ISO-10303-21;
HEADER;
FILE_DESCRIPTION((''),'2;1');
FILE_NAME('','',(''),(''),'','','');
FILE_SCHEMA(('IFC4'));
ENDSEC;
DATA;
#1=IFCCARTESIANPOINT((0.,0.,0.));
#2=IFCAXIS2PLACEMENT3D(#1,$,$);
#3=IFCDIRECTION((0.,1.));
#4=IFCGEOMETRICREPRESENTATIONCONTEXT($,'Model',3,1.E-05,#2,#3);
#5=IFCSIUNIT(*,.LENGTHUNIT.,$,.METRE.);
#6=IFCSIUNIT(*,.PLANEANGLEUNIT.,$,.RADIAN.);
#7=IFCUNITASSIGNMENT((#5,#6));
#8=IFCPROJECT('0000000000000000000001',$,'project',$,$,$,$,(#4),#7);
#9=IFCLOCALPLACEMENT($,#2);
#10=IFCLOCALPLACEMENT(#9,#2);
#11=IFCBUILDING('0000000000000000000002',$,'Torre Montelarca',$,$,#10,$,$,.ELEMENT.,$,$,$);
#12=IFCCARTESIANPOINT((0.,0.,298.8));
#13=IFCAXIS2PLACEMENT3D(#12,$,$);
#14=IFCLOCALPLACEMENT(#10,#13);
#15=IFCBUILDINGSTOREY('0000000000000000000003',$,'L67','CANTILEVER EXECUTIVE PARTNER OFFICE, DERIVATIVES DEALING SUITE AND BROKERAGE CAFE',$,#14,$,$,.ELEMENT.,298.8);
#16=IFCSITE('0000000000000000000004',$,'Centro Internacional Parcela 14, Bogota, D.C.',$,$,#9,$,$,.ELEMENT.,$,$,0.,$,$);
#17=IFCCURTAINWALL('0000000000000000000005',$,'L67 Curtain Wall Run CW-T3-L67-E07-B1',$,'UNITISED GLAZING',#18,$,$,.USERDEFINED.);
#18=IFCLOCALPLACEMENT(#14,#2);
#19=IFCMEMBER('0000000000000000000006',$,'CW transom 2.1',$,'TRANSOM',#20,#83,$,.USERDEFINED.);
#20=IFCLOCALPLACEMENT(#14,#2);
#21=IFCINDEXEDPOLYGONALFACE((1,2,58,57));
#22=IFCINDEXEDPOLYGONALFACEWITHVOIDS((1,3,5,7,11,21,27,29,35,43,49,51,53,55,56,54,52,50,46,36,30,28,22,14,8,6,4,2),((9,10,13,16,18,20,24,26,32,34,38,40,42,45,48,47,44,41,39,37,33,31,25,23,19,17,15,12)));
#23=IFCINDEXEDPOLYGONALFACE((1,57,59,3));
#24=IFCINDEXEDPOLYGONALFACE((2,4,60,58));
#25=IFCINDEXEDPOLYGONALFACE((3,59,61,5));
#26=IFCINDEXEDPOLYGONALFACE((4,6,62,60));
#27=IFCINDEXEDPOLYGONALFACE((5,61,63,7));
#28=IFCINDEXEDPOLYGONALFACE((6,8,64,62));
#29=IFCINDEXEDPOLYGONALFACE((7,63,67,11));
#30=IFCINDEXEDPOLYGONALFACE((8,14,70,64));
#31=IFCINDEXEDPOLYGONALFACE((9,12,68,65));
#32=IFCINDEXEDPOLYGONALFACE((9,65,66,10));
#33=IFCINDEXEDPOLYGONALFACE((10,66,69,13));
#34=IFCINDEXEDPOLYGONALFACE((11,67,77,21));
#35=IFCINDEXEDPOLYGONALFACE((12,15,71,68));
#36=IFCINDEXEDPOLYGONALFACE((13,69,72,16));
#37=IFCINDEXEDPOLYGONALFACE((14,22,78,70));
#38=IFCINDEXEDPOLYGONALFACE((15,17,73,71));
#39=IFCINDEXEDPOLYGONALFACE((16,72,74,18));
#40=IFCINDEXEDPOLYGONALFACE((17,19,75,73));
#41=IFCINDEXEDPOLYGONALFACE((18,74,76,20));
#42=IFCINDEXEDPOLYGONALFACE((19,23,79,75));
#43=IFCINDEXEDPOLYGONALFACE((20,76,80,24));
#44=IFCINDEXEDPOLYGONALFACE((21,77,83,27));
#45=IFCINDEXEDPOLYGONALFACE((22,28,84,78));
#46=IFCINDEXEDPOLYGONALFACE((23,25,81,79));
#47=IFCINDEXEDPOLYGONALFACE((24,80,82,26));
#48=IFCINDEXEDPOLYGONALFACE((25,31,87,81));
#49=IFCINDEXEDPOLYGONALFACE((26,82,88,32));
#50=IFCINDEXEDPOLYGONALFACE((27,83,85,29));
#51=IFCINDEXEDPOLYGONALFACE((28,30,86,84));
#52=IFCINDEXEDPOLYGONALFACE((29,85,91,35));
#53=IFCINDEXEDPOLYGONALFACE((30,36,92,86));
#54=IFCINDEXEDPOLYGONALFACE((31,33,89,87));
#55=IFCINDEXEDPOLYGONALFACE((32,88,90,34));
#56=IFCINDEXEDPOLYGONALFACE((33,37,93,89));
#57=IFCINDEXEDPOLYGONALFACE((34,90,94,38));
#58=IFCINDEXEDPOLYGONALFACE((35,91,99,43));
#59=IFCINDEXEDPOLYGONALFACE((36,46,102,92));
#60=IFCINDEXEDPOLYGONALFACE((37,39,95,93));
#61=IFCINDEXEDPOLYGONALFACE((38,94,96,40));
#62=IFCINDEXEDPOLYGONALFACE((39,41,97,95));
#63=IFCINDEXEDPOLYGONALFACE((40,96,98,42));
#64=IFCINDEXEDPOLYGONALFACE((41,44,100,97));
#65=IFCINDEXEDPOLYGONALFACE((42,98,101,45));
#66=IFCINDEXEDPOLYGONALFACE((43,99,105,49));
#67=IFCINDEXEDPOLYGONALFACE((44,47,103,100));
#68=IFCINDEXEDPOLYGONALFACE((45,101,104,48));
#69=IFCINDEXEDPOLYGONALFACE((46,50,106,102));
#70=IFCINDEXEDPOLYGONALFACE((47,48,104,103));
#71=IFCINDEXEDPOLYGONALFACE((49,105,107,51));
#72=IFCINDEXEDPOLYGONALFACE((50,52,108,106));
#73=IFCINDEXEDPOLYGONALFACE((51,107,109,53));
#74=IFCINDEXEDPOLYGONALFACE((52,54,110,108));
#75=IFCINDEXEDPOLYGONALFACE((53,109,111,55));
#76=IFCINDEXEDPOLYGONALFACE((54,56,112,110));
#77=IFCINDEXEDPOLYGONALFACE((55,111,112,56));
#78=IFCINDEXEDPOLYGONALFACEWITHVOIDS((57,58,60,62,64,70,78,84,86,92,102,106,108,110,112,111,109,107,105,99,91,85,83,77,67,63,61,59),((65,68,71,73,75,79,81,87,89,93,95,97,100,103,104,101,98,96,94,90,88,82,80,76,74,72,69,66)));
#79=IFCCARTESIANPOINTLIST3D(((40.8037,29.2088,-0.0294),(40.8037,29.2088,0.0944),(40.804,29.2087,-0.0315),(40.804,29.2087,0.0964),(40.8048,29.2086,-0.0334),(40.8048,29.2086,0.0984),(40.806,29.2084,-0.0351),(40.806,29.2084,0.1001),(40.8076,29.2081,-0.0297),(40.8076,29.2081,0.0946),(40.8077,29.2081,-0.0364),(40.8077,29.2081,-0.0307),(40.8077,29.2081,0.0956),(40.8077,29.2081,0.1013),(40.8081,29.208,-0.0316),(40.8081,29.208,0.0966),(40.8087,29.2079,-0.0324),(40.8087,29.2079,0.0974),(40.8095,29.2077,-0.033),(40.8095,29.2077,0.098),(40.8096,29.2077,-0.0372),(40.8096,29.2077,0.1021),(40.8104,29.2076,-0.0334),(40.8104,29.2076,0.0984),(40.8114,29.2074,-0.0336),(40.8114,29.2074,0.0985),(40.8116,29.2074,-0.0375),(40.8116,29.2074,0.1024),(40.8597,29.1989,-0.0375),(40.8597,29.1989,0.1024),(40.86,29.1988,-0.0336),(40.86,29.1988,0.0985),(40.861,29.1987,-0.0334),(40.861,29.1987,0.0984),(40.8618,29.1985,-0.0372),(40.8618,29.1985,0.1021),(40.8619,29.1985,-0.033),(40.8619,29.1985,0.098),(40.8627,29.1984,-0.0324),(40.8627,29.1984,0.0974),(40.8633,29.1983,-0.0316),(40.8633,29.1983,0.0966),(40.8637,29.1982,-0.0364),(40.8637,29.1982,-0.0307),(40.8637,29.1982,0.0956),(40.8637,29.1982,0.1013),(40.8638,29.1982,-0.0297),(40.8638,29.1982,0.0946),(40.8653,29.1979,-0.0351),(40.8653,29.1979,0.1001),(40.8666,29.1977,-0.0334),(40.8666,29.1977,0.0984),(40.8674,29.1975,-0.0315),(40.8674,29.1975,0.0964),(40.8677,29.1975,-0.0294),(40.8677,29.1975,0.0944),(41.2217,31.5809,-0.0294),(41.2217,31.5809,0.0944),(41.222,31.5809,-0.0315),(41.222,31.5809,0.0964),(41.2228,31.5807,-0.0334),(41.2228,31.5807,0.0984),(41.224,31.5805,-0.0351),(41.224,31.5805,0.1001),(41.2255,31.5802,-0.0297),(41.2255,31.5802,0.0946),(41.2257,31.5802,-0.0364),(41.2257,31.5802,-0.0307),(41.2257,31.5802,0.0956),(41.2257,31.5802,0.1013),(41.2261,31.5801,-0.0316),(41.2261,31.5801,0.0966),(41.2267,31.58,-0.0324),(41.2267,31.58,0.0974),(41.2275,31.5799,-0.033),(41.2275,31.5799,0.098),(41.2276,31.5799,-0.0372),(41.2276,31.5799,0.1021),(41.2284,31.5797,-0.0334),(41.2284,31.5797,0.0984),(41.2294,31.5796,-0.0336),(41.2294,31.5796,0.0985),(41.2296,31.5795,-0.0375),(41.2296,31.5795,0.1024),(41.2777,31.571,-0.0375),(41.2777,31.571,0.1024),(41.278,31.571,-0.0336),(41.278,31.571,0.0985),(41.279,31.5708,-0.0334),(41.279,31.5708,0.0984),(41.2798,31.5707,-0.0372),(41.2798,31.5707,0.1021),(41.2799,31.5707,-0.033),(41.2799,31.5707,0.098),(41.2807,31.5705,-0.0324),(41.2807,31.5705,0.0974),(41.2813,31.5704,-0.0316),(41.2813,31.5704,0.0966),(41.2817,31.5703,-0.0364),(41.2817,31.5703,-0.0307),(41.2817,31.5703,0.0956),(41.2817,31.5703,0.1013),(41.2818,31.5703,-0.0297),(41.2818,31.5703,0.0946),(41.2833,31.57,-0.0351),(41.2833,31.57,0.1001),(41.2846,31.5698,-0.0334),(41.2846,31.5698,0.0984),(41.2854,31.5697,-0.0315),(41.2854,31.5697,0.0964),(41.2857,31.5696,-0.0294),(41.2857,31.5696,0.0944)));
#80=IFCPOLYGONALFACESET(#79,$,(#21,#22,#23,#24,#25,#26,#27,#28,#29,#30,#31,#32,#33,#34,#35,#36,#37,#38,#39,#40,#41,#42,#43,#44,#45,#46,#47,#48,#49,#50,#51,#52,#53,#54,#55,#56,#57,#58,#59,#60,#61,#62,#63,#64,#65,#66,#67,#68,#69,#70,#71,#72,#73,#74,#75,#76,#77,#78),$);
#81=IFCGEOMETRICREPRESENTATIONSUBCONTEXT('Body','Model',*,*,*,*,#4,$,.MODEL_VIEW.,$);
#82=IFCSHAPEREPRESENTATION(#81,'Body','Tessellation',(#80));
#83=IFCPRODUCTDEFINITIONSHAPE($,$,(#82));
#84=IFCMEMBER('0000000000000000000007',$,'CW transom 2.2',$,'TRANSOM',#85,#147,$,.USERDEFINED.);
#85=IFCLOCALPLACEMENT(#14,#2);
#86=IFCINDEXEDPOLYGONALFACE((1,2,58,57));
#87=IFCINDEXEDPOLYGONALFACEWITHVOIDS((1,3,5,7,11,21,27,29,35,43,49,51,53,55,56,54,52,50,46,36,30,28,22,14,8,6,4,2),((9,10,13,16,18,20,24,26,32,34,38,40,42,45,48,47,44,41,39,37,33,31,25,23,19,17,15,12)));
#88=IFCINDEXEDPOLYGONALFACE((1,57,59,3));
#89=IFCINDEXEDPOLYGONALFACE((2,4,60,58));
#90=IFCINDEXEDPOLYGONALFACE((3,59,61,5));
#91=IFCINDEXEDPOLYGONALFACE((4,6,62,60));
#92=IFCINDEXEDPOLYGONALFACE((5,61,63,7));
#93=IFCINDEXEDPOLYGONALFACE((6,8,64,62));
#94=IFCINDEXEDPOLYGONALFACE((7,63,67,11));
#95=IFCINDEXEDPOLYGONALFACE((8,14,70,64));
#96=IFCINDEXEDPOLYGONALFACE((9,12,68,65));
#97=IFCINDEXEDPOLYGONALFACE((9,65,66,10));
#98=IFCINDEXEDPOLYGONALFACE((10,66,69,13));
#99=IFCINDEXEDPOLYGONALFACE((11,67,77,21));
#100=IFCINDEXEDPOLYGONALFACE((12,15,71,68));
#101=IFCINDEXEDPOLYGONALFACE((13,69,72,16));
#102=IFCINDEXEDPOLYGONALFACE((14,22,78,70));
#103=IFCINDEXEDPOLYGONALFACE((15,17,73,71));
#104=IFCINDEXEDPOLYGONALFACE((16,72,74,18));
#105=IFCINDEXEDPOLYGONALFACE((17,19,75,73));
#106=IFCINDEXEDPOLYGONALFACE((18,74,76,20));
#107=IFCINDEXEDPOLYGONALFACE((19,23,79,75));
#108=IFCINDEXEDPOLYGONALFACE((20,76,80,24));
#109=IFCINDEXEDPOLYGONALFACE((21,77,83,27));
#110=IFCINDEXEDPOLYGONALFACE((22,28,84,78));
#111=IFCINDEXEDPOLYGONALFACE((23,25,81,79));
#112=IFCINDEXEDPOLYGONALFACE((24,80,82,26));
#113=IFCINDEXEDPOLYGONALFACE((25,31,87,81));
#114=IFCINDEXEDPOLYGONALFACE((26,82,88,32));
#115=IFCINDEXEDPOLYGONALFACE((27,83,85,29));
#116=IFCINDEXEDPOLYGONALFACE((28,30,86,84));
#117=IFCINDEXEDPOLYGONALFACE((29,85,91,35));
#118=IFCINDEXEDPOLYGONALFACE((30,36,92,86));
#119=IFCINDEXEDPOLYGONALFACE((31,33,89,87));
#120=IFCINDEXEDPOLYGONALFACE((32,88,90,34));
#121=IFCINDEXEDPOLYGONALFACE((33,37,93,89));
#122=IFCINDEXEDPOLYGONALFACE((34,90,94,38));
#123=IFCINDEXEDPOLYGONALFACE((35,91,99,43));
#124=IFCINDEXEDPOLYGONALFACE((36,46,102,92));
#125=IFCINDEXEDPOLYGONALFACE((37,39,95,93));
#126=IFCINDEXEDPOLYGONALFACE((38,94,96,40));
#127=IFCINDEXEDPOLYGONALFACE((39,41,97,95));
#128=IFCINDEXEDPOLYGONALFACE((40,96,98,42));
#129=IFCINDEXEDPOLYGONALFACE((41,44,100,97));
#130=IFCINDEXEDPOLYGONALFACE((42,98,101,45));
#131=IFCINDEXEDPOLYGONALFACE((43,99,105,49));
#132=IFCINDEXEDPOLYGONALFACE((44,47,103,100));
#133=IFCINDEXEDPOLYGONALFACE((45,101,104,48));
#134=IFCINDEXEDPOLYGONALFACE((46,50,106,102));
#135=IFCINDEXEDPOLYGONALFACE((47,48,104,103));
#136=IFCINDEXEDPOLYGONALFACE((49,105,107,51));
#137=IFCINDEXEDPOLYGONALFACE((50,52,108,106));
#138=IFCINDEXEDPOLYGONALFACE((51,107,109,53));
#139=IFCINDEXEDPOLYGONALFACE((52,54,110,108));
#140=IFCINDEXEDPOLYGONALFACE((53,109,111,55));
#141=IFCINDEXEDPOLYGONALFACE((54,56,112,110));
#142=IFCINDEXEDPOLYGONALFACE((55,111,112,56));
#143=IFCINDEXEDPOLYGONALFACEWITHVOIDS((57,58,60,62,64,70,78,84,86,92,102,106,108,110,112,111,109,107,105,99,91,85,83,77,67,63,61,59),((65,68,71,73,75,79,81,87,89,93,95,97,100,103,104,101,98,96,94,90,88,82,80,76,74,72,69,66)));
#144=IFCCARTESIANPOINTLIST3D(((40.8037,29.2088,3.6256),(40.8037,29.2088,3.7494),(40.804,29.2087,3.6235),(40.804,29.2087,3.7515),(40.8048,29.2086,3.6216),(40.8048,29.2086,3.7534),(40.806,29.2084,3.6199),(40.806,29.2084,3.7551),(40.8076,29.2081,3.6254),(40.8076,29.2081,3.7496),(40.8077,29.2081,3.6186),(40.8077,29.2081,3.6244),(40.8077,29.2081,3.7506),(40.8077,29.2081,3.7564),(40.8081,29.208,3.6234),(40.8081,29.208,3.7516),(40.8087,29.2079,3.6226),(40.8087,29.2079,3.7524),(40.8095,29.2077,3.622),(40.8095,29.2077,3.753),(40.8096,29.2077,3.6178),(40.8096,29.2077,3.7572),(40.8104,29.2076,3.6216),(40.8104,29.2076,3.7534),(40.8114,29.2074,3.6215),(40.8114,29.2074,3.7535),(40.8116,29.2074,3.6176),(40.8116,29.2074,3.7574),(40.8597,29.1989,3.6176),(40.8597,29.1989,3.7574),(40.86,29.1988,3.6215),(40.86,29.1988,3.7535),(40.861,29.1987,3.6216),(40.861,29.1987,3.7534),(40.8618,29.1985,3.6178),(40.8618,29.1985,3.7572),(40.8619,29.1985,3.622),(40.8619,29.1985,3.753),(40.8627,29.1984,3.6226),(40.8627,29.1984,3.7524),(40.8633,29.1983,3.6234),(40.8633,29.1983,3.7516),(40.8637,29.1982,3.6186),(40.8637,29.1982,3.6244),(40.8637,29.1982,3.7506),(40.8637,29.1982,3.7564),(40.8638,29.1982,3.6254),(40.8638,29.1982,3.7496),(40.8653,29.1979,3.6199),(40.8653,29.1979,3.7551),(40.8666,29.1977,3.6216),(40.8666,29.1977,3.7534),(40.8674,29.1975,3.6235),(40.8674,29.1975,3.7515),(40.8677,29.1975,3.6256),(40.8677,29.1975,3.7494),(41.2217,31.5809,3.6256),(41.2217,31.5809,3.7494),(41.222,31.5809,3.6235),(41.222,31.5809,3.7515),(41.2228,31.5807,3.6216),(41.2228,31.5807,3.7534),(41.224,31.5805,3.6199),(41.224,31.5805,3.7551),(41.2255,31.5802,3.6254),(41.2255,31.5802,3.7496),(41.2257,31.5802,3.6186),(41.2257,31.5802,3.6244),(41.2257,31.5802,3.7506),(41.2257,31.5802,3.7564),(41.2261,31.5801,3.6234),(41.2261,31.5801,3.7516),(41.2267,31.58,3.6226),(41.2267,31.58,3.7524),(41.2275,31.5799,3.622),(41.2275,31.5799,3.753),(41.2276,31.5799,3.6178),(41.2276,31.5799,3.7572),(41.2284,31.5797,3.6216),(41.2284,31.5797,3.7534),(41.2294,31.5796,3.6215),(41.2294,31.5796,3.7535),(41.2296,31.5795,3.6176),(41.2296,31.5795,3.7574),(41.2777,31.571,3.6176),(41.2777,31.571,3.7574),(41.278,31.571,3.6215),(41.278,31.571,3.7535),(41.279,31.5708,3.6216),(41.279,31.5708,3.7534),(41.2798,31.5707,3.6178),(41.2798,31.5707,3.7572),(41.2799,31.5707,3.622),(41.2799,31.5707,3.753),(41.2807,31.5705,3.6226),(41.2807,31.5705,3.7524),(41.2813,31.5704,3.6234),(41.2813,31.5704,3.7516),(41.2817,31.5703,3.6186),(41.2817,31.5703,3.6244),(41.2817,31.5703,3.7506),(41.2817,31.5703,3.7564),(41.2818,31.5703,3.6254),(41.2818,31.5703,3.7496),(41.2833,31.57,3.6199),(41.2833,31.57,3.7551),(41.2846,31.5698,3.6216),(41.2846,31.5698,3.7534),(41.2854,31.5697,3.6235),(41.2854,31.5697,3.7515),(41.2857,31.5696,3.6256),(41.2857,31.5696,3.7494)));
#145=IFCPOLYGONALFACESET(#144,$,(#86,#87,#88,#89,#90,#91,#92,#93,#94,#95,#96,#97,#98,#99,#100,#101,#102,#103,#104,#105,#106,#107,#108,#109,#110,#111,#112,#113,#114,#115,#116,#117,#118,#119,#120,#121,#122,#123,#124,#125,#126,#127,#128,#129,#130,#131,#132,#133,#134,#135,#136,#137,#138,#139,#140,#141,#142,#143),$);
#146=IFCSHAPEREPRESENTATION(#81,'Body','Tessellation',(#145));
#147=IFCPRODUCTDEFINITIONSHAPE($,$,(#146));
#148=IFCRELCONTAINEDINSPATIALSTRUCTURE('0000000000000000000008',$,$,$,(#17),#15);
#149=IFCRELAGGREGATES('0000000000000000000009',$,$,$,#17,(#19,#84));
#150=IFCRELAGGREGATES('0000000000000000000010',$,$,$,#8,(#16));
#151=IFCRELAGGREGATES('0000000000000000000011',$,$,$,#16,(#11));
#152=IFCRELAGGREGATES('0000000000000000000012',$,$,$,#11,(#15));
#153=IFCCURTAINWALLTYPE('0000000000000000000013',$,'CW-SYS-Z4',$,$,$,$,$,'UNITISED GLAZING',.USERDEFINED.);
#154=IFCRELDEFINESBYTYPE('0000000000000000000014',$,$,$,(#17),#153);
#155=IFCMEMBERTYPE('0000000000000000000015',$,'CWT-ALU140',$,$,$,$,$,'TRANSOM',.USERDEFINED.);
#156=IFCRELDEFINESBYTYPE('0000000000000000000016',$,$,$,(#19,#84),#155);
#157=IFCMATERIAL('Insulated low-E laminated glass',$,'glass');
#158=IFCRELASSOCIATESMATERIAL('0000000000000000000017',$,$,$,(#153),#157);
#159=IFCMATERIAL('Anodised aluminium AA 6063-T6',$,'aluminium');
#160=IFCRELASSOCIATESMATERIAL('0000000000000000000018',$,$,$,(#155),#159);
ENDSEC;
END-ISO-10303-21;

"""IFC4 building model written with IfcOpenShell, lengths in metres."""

from ifc_helpers import new_model, si_unit, direction, frame, origin, origin_2d, place, context, subcontext, project, spatial, hollow_rectangle, extrude, source, transform, mapped, material, material_profile, profile_set, type_object, element, aggregate, save


model = new_model("IFC4")

# Units and contexts
model_context = context("Model", 3, precision=1e-05, world=origin(), true_north=direction((0.0, 1.0)))
body_context = subcontext(model_context, "Body", "Model", "MODEL_VIEW")
ifc_project = project(units=[si_unit("LENGTHUNIT", "METRE"), si_unit("PLANEANGLEUNIT", "RADIAN")], contexts=[model_context])

# Site, building, storey
site_placement = place(None, origin())
site = spatial("IfcSite", under=ifc_project, at=site_placement, Name="Centro Internacional Parcela 14, Bogota, D.C.", CompositionType="ELEMENT", RefElevation=0.0)
building_placement = place(site_placement, origin())
building = spatial("IfcBuilding", under=site, at=building_placement, Name="Torre Montelarca", CompositionType="ELEMENT")
storey_placement = place(building_placement, frame((0.0, 0.0, 298.8)))
storey = spatial("IfcBuildingStorey", under=building, at=storey_placement, Name="L67", Description="CANTILEVER EXECUTIVE PARTNER OFFICE, DERIVATIVES DEALING SUITE AND BROKERAGE CAFE", CompositionType="ELEMENT", Elevation=298.8)

# Curtain wall, members
ifc_material_1 = material(Name="Insulated low-E laminated glass", Category="glass")
curtain_wall_type = type_object("IfcCurtainWallType", Name="CW-SYS-Z4", ElementType="UNITISED GLAZING", PredefinedType="USERDEFINED", material=ifc_material_1)
ifc_material_2 = material(Name="Anodised aluminium AA 6063-T6", Category="aluminium")
curtain_wall_1_placement = place(storey_placement, origin())
curtain_wall_1 = element("IfcCurtainWall", 1, at=curtain_wall_1_placement, inside=storey, type_object=curtain_wall_type, Name="L67 Curtain Wall Run CW-T3-L67-E07-B1", ObjectType="UNITISED GLAZING", PredefinedType="USERDEFINED")
ifc_material_profile_1 = material_profile(ifc_material_2, hollow_rectangle(XDim=0.0649, YDim=0.1399, WallThickness=0.0039, InnerFilletRadius=0.0039, OuterFilletRadius=0.0081, at=origin_2d()), Name="ALU65X140X4", Category="aluminium")
ifc_profile_set_1 = profile_set([ifc_material_profile_1], Name="Anodised aluminium AA 6063-T6")
member_type_1 = type_object("IfcMemberType", Name="CWT-ALU140", ElementType="TRANSOM", PredefinedType="USERDEFINED", material=ifc_profile_set_1)
shared_shape_1 = source(origin(), body_context, "Body", "SweptSolid", [
    extrude(hollow_rectangle(XDim=0.0649, YDim=0.1399, WallThickness=0.0039, InnerFilletRadius=0.0039, OuterFilletRadius=0.0081, at=origin_2d()), origin(), (0.0, 0.0, 1.0), 2.4087),
])
member_1_placement = place(storey_placement, frame((40.8357, 29.2031, 0.0325), z_axis=(0.173531, 0.984828, 0.0), x_axis=(-0.984828, 0.173531, 0.0)))
member_1 = element("IfcMember", 2, at=member_1_placement, type_object=member_type_1, Name="CW transom 2.1", ObjectType="TRANSOM", PredefinedType="USERDEFINED", context=body_context, shape_type="MappedRepresentation", body=[
    mapped(shared_shape_1, transform((0.0, 0.0, 0.0), scale=1.0)),
])
member_2_placement = place(storey_placement, frame((40.8357, 29.2031, 3.6875), z_axis=(0.173531, 0.984828, 0.0), x_axis=(-0.984828, 0.173531, 0.0)))
member_2 = element("IfcMember", 3, at=member_2_placement, type_object=member_type_1, Name="CW transom 2.2", ObjectType="TRANSOM", PredefinedType="USERDEFINED", context=body_context, shape_type="MappedRepresentation", body=[
    mapped(shared_shape_1, transform((0.0, 0.0, 0.0), scale=1.0)),
])

aggregate(curtain_wall_1, [member_1, member_2])

save(model, "model.ifc")
